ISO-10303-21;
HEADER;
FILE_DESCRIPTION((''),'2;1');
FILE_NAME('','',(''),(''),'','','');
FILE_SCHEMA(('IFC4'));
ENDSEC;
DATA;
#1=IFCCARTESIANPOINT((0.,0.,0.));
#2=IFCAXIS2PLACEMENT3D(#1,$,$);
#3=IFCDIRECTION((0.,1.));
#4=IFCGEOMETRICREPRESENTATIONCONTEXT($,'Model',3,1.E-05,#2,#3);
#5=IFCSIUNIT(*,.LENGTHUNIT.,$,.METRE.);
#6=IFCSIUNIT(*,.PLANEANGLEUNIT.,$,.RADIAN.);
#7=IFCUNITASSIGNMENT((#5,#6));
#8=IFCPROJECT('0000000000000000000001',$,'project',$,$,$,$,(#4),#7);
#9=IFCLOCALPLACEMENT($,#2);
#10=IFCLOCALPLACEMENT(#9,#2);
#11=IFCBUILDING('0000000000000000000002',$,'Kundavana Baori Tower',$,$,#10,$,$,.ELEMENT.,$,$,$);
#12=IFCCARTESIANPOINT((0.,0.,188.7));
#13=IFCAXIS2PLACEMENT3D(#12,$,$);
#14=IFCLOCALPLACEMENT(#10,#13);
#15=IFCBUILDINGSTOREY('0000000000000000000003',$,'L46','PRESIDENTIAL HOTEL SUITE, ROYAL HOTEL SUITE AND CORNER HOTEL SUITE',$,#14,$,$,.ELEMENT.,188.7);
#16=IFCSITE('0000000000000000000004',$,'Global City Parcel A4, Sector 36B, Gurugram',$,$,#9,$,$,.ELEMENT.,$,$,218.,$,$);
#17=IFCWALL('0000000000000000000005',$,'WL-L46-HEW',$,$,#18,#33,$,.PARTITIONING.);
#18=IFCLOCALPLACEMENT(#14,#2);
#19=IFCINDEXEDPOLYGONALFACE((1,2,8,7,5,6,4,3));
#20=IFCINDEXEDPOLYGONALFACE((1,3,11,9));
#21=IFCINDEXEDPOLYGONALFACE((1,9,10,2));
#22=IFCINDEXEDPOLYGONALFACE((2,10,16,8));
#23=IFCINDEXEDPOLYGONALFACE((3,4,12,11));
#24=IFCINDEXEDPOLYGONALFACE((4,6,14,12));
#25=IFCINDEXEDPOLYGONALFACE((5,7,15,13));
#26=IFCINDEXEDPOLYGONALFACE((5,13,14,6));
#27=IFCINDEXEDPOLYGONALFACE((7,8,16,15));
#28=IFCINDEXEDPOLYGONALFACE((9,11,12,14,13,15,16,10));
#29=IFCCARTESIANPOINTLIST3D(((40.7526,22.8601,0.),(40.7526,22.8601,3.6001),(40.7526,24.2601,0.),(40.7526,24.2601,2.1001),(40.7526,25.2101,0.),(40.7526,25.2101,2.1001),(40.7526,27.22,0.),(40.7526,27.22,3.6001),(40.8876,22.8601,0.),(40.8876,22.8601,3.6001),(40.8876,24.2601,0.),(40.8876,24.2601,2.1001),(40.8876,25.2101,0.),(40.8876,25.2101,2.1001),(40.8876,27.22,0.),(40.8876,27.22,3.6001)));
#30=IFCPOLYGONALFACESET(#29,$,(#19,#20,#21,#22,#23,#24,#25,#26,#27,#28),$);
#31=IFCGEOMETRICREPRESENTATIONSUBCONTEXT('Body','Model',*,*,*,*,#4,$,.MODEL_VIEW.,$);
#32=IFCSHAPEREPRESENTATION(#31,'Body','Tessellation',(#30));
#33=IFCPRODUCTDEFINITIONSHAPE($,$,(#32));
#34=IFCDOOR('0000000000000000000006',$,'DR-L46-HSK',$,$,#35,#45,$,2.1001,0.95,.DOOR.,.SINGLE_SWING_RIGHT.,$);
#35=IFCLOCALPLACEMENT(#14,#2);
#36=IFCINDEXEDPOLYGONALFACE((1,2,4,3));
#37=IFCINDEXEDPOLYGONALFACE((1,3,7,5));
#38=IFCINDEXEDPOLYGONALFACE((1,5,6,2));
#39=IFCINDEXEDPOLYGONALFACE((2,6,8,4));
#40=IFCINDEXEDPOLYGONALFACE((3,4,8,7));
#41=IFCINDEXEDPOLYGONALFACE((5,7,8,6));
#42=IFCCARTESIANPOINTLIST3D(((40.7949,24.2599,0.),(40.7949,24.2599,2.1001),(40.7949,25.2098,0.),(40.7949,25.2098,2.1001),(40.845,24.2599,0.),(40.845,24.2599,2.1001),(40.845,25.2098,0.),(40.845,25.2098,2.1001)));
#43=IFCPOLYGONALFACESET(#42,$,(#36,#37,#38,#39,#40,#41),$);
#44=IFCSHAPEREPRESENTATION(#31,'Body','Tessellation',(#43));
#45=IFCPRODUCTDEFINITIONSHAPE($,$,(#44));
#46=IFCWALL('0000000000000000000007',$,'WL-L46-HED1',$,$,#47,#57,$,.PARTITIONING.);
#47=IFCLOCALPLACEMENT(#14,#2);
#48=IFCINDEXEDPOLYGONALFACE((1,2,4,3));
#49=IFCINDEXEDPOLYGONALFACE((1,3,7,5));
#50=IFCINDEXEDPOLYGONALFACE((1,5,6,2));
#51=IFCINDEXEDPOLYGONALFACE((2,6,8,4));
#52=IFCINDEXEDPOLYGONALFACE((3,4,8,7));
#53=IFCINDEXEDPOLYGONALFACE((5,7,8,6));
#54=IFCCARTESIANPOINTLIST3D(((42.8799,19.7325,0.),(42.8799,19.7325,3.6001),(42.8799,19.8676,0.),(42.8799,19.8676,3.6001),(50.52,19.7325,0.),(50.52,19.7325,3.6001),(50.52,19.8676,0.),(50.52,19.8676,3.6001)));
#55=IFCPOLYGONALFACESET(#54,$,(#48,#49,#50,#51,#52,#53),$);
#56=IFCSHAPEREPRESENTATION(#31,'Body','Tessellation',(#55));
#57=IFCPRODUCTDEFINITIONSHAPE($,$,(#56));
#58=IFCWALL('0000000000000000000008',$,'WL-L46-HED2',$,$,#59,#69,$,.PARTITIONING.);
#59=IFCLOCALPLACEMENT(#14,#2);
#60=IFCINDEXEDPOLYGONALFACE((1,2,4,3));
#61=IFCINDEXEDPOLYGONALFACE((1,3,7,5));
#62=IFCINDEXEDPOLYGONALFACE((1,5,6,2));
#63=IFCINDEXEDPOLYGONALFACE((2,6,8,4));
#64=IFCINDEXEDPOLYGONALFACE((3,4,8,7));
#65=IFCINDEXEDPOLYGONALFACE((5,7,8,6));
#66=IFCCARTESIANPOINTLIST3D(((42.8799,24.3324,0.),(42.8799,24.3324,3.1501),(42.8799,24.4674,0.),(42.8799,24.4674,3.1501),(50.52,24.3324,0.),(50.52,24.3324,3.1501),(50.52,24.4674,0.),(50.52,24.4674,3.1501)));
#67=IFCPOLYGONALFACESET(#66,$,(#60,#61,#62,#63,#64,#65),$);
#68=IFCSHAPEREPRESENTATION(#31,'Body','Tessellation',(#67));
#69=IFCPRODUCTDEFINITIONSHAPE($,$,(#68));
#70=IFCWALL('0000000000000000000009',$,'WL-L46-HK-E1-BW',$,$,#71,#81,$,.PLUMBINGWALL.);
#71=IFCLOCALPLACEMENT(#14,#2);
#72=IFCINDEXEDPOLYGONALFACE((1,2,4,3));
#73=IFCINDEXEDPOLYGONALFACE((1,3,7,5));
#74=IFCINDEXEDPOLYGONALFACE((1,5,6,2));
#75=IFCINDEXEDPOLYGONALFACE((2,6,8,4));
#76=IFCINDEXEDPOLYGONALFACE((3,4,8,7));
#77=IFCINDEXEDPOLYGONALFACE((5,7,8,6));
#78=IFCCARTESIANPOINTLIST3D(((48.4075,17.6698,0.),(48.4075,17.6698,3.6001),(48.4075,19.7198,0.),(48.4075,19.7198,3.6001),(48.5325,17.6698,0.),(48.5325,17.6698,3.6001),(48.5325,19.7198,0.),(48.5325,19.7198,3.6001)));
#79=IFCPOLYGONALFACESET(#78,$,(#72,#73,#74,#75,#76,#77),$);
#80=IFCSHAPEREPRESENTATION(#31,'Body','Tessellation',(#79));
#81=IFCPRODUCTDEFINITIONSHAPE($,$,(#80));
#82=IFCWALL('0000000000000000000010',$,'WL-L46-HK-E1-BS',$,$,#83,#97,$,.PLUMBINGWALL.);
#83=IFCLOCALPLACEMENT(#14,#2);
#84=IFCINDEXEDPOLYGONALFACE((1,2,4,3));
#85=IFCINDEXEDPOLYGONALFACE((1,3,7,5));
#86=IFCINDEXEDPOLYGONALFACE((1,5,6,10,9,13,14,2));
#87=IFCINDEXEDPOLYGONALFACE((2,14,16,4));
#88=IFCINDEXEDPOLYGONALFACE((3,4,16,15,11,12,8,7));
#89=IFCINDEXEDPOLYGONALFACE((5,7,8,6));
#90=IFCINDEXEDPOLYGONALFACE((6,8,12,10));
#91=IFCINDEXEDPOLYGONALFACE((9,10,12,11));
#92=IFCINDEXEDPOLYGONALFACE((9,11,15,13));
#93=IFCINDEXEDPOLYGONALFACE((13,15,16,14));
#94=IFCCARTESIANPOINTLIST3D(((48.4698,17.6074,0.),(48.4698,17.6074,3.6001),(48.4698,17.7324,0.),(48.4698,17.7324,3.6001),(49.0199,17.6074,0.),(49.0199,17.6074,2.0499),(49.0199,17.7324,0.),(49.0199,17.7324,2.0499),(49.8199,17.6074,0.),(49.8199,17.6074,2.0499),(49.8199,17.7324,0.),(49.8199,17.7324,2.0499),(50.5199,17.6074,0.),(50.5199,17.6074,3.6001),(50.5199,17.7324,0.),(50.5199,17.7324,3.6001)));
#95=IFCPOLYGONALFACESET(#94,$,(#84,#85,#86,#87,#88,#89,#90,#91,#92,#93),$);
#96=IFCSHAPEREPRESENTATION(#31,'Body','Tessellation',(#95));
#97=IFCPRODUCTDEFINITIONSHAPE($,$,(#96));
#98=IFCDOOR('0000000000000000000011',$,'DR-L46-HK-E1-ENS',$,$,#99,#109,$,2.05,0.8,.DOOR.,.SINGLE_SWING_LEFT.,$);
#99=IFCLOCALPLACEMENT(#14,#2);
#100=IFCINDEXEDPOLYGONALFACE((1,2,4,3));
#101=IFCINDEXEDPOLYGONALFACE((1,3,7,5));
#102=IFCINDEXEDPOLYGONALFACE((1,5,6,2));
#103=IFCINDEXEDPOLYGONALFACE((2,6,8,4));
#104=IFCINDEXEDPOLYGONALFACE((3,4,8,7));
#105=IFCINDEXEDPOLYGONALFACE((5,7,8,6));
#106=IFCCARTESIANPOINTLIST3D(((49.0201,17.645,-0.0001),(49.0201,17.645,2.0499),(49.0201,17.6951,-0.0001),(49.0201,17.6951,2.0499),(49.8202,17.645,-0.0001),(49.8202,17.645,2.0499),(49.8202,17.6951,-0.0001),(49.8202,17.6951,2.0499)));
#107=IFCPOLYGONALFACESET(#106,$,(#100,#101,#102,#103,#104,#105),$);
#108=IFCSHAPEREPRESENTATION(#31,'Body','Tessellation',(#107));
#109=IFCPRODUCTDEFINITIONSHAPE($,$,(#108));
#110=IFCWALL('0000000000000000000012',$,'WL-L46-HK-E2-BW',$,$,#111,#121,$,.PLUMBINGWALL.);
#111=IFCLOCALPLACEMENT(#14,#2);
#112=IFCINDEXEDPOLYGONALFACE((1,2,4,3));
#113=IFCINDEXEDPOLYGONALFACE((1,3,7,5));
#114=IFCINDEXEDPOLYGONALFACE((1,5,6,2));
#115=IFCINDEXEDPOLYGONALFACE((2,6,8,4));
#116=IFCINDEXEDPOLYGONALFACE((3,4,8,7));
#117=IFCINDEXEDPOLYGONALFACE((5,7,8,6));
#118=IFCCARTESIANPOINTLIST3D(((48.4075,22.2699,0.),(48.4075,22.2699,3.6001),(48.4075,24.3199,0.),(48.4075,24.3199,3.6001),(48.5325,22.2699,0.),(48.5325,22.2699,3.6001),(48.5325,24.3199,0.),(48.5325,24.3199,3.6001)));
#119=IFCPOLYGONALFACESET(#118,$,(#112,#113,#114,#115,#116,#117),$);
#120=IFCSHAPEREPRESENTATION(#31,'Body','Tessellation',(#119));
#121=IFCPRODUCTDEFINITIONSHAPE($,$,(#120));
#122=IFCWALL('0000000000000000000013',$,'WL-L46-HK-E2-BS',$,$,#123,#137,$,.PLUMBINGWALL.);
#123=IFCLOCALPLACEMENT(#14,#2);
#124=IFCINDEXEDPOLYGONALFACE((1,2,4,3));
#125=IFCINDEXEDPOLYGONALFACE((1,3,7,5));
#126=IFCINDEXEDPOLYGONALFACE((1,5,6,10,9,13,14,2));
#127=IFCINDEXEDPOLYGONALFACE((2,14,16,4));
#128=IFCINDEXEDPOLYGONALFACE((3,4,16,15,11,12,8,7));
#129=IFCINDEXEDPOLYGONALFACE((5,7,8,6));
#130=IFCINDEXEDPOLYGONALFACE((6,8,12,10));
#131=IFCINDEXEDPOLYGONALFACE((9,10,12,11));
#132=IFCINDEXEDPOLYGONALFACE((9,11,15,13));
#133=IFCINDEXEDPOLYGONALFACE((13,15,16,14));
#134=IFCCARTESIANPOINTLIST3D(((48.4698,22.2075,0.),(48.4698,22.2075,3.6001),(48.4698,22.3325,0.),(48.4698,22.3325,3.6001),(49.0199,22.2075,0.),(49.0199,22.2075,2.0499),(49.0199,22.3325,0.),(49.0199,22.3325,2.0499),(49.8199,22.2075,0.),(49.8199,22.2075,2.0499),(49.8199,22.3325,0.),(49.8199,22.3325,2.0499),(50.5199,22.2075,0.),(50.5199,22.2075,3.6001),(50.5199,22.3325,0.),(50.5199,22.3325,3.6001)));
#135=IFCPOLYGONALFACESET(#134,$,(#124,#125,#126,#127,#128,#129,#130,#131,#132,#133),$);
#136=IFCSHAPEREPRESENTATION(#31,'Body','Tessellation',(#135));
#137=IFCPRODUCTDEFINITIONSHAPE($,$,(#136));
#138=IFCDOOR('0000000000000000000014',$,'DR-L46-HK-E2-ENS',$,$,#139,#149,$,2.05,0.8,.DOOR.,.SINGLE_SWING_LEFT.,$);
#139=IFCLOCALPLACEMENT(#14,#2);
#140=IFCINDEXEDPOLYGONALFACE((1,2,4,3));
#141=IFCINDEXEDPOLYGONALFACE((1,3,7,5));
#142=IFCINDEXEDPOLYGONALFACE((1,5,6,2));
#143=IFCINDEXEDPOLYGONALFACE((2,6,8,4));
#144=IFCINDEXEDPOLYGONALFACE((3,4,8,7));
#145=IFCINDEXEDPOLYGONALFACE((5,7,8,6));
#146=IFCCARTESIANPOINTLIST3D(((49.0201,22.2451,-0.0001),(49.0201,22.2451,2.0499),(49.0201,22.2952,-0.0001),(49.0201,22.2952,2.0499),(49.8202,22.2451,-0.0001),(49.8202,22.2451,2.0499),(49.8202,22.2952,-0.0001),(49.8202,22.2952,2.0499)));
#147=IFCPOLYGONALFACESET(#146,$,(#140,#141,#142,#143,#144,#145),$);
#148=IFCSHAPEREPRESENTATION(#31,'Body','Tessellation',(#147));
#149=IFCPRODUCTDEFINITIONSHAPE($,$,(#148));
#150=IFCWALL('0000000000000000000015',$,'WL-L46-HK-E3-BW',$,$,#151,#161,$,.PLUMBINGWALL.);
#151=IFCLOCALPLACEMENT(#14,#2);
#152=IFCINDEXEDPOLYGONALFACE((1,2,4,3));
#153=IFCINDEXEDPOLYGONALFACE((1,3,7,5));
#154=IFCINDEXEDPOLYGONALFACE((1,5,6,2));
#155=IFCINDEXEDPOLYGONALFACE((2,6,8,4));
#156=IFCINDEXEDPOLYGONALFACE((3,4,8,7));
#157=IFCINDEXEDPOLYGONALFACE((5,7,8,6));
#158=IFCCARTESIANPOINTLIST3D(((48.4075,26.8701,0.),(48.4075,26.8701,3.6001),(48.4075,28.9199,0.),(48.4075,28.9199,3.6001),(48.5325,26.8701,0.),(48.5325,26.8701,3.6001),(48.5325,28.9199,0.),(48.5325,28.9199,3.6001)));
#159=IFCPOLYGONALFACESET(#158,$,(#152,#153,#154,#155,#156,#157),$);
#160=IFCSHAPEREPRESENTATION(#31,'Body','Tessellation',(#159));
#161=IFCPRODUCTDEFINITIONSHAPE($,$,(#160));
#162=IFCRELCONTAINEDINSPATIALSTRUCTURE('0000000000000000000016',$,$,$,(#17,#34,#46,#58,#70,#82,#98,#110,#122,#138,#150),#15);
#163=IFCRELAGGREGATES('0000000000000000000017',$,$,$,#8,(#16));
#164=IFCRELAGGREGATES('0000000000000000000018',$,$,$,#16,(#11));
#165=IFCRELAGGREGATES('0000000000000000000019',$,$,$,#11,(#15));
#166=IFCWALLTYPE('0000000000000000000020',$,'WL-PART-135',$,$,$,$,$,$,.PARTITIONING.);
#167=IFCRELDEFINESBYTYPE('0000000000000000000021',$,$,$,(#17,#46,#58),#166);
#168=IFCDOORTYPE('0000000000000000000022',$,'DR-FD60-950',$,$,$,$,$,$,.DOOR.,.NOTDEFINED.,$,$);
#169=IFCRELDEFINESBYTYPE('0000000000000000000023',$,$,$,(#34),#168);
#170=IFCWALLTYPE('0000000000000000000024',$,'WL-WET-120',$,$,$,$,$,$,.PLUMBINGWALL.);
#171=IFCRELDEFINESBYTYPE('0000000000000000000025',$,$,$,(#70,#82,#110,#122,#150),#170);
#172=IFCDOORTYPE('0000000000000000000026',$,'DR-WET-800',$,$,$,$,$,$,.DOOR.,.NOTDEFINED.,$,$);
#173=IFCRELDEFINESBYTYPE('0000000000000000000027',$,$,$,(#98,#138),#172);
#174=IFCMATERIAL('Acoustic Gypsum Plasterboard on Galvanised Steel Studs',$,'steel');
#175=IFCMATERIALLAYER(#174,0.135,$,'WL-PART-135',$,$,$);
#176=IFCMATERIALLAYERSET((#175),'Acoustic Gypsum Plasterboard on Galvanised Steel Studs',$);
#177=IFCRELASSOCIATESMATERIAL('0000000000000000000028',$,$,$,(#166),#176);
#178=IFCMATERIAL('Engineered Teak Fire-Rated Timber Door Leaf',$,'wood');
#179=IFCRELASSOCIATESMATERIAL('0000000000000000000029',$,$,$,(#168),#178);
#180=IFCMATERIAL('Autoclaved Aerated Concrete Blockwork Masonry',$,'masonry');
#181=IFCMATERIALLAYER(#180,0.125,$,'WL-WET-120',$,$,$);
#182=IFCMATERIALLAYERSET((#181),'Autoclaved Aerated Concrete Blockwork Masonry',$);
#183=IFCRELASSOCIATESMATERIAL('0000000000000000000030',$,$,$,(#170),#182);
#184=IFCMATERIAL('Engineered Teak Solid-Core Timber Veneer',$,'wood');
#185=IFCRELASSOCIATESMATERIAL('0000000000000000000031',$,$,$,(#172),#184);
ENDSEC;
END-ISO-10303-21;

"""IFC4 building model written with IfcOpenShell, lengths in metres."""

from ifc_helpers import new_model, si_unit, direction, frame, frame_2d, origin, place, context, subcontext, project, spatial, rectangle, extrude, material, layer, layer_set, type_object, element, fill, save


model = new_model("IFC4")

# Units and contexts
model_context = context("Model", 3, precision=1e-05, world=origin(), true_north=direction((0.0, 1.0)))
body_context = subcontext(model_context, "Body", "Model", "MODEL_VIEW")
ifc_project = project(units=[si_unit("LENGTHUNIT", "METRE"), si_unit("PLANEANGLEUNIT", "RADIAN")], contexts=[model_context])

# Site, building, storey
site_placement = place(None, origin())
site = spatial("IfcSite", under=ifc_project, at=site_placement, Name="Global City Parcel A4, Sector 36B, Gurugram", CompositionType="ELEMENT", RefElevation=218.0)
building_placement = place(site_placement, origin())
building = spatial("IfcBuilding", under=site, at=building_placement, Name="Kundavana Baori Tower", CompositionType="ELEMENT")
storey_placement = place(building_placement, frame((0.0, 0.0, 188.7)))
storey = spatial("IfcBuildingStorey", under=building, at=storey_placement, Name="L46", Description="PRESIDENTIAL HOTEL SUITE, ROYAL HOTEL SUITE AND CORNER HOTEL SUITE", CompositionType="ELEMENT", Elevation=188.7)

# Wall, opening, door
ifc_material_1 = material(Name="Acoustic Gypsum Plasterboard on Galvanised Steel Studs", Category="steel")
ifc_layer_1 = layer(ifc_material_1, 0.135, Name="WL-PART-135")
ifc_layer_set_1 = layer_set([ifc_layer_1], Name="Acoustic Gypsum Plasterboard on Galvanised Steel Studs")
wall_type_1 = type_object("IfcWallType", Name="WL-PART-135", PredefinedType="PARTITIONING", material=ifc_layer_set_1)
wall_1_placement = place(storey_placement, frame((40.8201, 22.8601, 0.0), z_axis=(0.0, 0.0, 1.0), x_axis=(0.0, 1.0, 0.0)))
wall_1 = element("IfcWall", 1, at=wall_1_placement, inside=storey, type_object=wall_type_1, Name="WL-L46-HEW", PredefinedType="PARTITIONING", context=body_context, shape_type="SweptSolid", body=[
    extrude(rectangle(XDim=4.3599, YDim=0.135, at=frame_2d((2.1799, 0.0))), origin(), (0.0, 0.0, 1.0), 3.6001),
])
opening_1_placement = place(wall_1_placement, frame((1.3999, 0.0, 0.0)))
opening_1 = element("IfcOpeningElement", 2, at=opening_1_placement, cuts=wall_1, PredefinedType="OPENING", context=body_context, shape_type="SweptSolid", body=[
    extrude(rectangle(XDim=0.95, YDim=2.1001, at=frame_2d((0.4751, 1.05))), frame((0.0, 0.0776, 0.0), z_axis=(0.0, -1.0, 0.0), x_axis=(1.0, 0.0, 0.0)), (0.0, 0.0, 1.0), 0.155),
])
ifc_material_2 = material(Name="Engineered Teak Fire-Rated Timber Door Leaf", Category="wood")
door_type_1 = type_object("IfcDoorType", Name="DR-FD60-950", OperationType="NOTDEFINED", PredefinedType="DOOR", material=ifc_material_2)
door_1_placement = place(opening_1_placement, frame((0.95, 0.0, 0.0), z_axis=(0.0, 0.0, 1.0), x_axis=(-1.0, 0.0, 0.0)))
door_1 = element("IfcDoor", 3, at=door_1_placement, inside=storey, type_object=door_type_1, Name="DR-L46-HSK", OperationType="SINGLE_SWING_RIGHT", OverallHeight=2.1001, OverallWidth=0.95, PredefinedType="DOOR", context=body_context, shape_type="SweptSolid", body=[
    extrude(rectangle(XDim=0.95, YDim=2.1001, at=frame_2d((0.4751, 1.05))), frame((0.0, 0.0249, 0.0), z_axis=(0.0, -1.0, 0.0), x_axis=(1.0, 0.0, 0.0)), (0.0, 0.0, 1.0), 0.05),
])
fill(opening_1, door_1)

# Walls
wall_2_placement = place(storey_placement, frame((42.8799, 19.8, 0.0), z_axis=(0.0, 0.0, 1.0), x_axis=(1.0, 0.0, 0.0)))
element("IfcWall", 4, at=wall_2_placement, inside=storey, type_object=wall_type_1, Name="WL-L46-HED1", PredefinedType="PARTITIONING", context=body_context, shape_type="SweptSolid", body=[
    extrude(rectangle(XDim=7.6401, YDim=0.135, at=frame_2d((3.8201, 0.0))), origin(), (0.0, 0.0, 1.0), 3.6001),
])
wall_3_placement = place(storey_placement, frame((42.8799, 24.3999, 0.0), z_axis=(0.0, 0.0, 1.0), x_axis=(1.0, 0.0, 0.0)))
element("IfcWall", 5, at=wall_3_placement, inside=storey, type_object=wall_type_1, Name="WL-L46-HED2", PredefinedType="PARTITIONING", context=body_context, shape_type="SweptSolid", body=[
    extrude(rectangle(XDim=7.6401, YDim=0.135, at=frame_2d((3.8201, 0.0))), origin(), (0.0, 0.0, 1.0), 3.1501),
])
ifc_material_3 = material(Name="Autoclaved Aerated Concrete Blockwork Masonry", Category="masonry")
ifc_layer_2 = layer(ifc_material_3, 0.125, Name="WL-WET-120")
ifc_layer_set_2 = layer_set([ifc_layer_2], Name="Autoclaved Aerated Concrete Blockwork Masonry")
wall_type_2 = type_object("IfcWallType", Name="WL-WET-120", PredefinedType="PLUMBINGWALL", material=ifc_layer_set_2)
wall_4_placement = place(storey_placement, frame((48.47, 17.6699, 0.0), z_axis=(0.0, 0.0, 1.0), x_axis=(0.0, 1.0, 0.0)))
element("IfcWall", 6, at=wall_4_placement, inside=storey, type_object=wall_type_2, Name="WL-L46-HK-E1-BW", PredefinedType="PLUMBINGWALL", context=body_context, shape_type="SweptSolid", body=[
    extrude(rectangle(XDim=2.05, YDim=0.125, at=frame_2d((1.0249, 0.0))), origin(), (0.0, 0.0, 1.0), 3.6001),
])

# Wall, opening, door
wall_5_placement = place(storey_placement, frame((48.47, 17.6699, 0.0), z_axis=(0.0, 0.0, 1.0), x_axis=(1.0, 0.0, 0.0)))
wall_5 = element("IfcWall", 7, at=wall_5_placement, inside=storey, type_object=wall_type_2, Name="WL-L46-HK-E1-BS", PredefinedType="PLUMBINGWALL", context=body_context, shape_type="SweptSolid", body=[
    extrude(rectangle(XDim=2.05, YDim=0.125, at=frame_2d((1.0249, 0.0))), origin(), (0.0, 0.0, 1.0), 3.6001),
])
opening_2_placement = place(wall_5_placement, frame((0.55, 0.0, 0.0)))
opening_2 = element("IfcOpeningElement", 8, at=opening_2_placement, cuts=wall_5, PredefinedType="OPENING", context=body_context, shape_type="SweptSolid", body=[
    extrude(rectangle(XDim=0.8, YDim=2.05, at=frame_2d((0.3999, 1.0249))), frame((0.0, 0.0725, 0.0), z_axis=(0.0, -1.0, 0.0), x_axis=(1.0, 0.0, 0.0)), (0.0, 0.0, 1.0), 0.145),
])
ifc_material_4 = material(Name="Engineered Teak Solid-Core Timber Veneer", Category="wood")
door_type_2 = type_object("IfcDoorType", Name="DR-WET-800", OperationType="NOTDEFINED", PredefinedType="DOOR", material=ifc_material_4)
door_2_placement = place(opening_2_placement, frame((0.8, 0.0, 0.0), z_axis=(0.0, 0.0, 1.0), x_axis=(-1.0, 0.0, 0.0)))
door_2 = element("IfcDoor", 9, at=door_2_placement, inside=storey, type_object=door_type_2, Name="DR-L46-HK-E1-ENS", OperationType="SINGLE_SWING_LEFT", OverallHeight=2.05, OverallWidth=0.8, PredefinedType="DOOR", context=body_context, shape_type="SweptSolid", body=[
    extrude(rectangle(XDim=0.8, YDim=2.05, at=frame_2d((0.3999, 1.0249))), frame((0.0, 0.0249, 0.0), z_axis=(0.0, -1.0, 0.0), x_axis=(1.0, 0.0, 0.0)), (0.0, 0.0, 1.0), 0.05),
])
fill(opening_2, door_2)

# Wall
wall_6_placement = place(storey_placement, frame((48.47, 22.27, 0.0), z_axis=(0.0, 0.0, 1.0), x_axis=(0.0, 1.0, 0.0)))
element("IfcWall", 10, at=wall_6_placement, inside=storey, type_object=wall_type_2, Name="WL-L46-HK-E2-BW", PredefinedType="PLUMBINGWALL", context=body_context, shape_type="SweptSolid", body=[
    extrude(rectangle(XDim=2.05, YDim=0.125, at=frame_2d((1.0249, 0.0))), origin(), (0.0, 0.0, 1.0), 3.6001),
])

# Wall, opening, door
wall_7_placement = place(storey_placement, frame((48.47, 22.27, 0.0), z_axis=(0.0, 0.0, 1.0), x_axis=(1.0, 0.0, 0.0)))
wall_7 = element("IfcWall", 11, at=wall_7_placement, inside=storey, type_object=wall_type_2, Name="WL-L46-HK-E2-BS", PredefinedType="PLUMBINGWALL", context=body_context, shape_type="SweptSolid", body=[
    extrude(rectangle(XDim=2.05, YDim=0.125, at=frame_2d((1.0249, 0.0))), origin(), (0.0, 0.0, 1.0), 3.6001),
])
opening_3_placement = place(wall_7_placement, frame((0.55, 0.0, 0.0)))
opening_3 = element("IfcOpeningElement", 12, at=opening_3_placement, cuts=wall_7, PredefinedType="OPENING", context=body_context, shape_type="SweptSolid", body=[
    extrude(rectangle(XDim=0.8, YDim=2.05, at=frame_2d((0.3999, 1.0249))), frame((0.0, 0.0725, 0.0), z_axis=(0.0, -1.0, 0.0), x_axis=(1.0, 0.0, 0.0)), (0.0, 0.0, 1.0), 0.145),
])
door_3_placement = place(opening_3_placement, frame((0.8, 0.0, 0.0), z_axis=(0.0, 0.0, 1.0), x_axis=(-1.0, 0.0, 0.0)))
door_3 = element("IfcDoor", 13, at=door_3_placement, inside=storey, type_object=door_type_2, Name="DR-L46-HK-E2-ENS", OperationType="SINGLE_SWING_LEFT", OverallHeight=2.05, OverallWidth=0.8, PredefinedType="DOOR", context=body_context, shape_type="SweptSolid", body=[
    extrude(rectangle(XDim=0.8, YDim=2.05, at=frame_2d((0.3999, 1.0249))), frame((0.0, 0.0249, 0.0), z_axis=(0.0, -1.0, 0.0), x_axis=(1.0, 0.0, 0.0)), (0.0, 0.0, 1.0), 0.05),
])
fill(opening_3, door_3)

# Wall
wall_8_placement = place(storey_placement, frame((48.47, 26.8701, 0.0), z_axis=(0.0, 0.0, 1.0), x_axis=(0.0, 1.0, 0.0)))
element("IfcWall", 14, at=wall_8_placement, inside=storey, type_object=wall_type_2, Name="WL-L46-HK-E3-BW", PredefinedType="PLUMBINGWALL", context=body_context, shape_type="SweptSolid", body=[
    extrude(rectangle(XDim=2.0498, YDim=0.125, at=frame_2d((1.0249, 0.0))), origin(), (0.0, 0.0, 1.0), 3.6001),
])

save(model, "model.ifc")
